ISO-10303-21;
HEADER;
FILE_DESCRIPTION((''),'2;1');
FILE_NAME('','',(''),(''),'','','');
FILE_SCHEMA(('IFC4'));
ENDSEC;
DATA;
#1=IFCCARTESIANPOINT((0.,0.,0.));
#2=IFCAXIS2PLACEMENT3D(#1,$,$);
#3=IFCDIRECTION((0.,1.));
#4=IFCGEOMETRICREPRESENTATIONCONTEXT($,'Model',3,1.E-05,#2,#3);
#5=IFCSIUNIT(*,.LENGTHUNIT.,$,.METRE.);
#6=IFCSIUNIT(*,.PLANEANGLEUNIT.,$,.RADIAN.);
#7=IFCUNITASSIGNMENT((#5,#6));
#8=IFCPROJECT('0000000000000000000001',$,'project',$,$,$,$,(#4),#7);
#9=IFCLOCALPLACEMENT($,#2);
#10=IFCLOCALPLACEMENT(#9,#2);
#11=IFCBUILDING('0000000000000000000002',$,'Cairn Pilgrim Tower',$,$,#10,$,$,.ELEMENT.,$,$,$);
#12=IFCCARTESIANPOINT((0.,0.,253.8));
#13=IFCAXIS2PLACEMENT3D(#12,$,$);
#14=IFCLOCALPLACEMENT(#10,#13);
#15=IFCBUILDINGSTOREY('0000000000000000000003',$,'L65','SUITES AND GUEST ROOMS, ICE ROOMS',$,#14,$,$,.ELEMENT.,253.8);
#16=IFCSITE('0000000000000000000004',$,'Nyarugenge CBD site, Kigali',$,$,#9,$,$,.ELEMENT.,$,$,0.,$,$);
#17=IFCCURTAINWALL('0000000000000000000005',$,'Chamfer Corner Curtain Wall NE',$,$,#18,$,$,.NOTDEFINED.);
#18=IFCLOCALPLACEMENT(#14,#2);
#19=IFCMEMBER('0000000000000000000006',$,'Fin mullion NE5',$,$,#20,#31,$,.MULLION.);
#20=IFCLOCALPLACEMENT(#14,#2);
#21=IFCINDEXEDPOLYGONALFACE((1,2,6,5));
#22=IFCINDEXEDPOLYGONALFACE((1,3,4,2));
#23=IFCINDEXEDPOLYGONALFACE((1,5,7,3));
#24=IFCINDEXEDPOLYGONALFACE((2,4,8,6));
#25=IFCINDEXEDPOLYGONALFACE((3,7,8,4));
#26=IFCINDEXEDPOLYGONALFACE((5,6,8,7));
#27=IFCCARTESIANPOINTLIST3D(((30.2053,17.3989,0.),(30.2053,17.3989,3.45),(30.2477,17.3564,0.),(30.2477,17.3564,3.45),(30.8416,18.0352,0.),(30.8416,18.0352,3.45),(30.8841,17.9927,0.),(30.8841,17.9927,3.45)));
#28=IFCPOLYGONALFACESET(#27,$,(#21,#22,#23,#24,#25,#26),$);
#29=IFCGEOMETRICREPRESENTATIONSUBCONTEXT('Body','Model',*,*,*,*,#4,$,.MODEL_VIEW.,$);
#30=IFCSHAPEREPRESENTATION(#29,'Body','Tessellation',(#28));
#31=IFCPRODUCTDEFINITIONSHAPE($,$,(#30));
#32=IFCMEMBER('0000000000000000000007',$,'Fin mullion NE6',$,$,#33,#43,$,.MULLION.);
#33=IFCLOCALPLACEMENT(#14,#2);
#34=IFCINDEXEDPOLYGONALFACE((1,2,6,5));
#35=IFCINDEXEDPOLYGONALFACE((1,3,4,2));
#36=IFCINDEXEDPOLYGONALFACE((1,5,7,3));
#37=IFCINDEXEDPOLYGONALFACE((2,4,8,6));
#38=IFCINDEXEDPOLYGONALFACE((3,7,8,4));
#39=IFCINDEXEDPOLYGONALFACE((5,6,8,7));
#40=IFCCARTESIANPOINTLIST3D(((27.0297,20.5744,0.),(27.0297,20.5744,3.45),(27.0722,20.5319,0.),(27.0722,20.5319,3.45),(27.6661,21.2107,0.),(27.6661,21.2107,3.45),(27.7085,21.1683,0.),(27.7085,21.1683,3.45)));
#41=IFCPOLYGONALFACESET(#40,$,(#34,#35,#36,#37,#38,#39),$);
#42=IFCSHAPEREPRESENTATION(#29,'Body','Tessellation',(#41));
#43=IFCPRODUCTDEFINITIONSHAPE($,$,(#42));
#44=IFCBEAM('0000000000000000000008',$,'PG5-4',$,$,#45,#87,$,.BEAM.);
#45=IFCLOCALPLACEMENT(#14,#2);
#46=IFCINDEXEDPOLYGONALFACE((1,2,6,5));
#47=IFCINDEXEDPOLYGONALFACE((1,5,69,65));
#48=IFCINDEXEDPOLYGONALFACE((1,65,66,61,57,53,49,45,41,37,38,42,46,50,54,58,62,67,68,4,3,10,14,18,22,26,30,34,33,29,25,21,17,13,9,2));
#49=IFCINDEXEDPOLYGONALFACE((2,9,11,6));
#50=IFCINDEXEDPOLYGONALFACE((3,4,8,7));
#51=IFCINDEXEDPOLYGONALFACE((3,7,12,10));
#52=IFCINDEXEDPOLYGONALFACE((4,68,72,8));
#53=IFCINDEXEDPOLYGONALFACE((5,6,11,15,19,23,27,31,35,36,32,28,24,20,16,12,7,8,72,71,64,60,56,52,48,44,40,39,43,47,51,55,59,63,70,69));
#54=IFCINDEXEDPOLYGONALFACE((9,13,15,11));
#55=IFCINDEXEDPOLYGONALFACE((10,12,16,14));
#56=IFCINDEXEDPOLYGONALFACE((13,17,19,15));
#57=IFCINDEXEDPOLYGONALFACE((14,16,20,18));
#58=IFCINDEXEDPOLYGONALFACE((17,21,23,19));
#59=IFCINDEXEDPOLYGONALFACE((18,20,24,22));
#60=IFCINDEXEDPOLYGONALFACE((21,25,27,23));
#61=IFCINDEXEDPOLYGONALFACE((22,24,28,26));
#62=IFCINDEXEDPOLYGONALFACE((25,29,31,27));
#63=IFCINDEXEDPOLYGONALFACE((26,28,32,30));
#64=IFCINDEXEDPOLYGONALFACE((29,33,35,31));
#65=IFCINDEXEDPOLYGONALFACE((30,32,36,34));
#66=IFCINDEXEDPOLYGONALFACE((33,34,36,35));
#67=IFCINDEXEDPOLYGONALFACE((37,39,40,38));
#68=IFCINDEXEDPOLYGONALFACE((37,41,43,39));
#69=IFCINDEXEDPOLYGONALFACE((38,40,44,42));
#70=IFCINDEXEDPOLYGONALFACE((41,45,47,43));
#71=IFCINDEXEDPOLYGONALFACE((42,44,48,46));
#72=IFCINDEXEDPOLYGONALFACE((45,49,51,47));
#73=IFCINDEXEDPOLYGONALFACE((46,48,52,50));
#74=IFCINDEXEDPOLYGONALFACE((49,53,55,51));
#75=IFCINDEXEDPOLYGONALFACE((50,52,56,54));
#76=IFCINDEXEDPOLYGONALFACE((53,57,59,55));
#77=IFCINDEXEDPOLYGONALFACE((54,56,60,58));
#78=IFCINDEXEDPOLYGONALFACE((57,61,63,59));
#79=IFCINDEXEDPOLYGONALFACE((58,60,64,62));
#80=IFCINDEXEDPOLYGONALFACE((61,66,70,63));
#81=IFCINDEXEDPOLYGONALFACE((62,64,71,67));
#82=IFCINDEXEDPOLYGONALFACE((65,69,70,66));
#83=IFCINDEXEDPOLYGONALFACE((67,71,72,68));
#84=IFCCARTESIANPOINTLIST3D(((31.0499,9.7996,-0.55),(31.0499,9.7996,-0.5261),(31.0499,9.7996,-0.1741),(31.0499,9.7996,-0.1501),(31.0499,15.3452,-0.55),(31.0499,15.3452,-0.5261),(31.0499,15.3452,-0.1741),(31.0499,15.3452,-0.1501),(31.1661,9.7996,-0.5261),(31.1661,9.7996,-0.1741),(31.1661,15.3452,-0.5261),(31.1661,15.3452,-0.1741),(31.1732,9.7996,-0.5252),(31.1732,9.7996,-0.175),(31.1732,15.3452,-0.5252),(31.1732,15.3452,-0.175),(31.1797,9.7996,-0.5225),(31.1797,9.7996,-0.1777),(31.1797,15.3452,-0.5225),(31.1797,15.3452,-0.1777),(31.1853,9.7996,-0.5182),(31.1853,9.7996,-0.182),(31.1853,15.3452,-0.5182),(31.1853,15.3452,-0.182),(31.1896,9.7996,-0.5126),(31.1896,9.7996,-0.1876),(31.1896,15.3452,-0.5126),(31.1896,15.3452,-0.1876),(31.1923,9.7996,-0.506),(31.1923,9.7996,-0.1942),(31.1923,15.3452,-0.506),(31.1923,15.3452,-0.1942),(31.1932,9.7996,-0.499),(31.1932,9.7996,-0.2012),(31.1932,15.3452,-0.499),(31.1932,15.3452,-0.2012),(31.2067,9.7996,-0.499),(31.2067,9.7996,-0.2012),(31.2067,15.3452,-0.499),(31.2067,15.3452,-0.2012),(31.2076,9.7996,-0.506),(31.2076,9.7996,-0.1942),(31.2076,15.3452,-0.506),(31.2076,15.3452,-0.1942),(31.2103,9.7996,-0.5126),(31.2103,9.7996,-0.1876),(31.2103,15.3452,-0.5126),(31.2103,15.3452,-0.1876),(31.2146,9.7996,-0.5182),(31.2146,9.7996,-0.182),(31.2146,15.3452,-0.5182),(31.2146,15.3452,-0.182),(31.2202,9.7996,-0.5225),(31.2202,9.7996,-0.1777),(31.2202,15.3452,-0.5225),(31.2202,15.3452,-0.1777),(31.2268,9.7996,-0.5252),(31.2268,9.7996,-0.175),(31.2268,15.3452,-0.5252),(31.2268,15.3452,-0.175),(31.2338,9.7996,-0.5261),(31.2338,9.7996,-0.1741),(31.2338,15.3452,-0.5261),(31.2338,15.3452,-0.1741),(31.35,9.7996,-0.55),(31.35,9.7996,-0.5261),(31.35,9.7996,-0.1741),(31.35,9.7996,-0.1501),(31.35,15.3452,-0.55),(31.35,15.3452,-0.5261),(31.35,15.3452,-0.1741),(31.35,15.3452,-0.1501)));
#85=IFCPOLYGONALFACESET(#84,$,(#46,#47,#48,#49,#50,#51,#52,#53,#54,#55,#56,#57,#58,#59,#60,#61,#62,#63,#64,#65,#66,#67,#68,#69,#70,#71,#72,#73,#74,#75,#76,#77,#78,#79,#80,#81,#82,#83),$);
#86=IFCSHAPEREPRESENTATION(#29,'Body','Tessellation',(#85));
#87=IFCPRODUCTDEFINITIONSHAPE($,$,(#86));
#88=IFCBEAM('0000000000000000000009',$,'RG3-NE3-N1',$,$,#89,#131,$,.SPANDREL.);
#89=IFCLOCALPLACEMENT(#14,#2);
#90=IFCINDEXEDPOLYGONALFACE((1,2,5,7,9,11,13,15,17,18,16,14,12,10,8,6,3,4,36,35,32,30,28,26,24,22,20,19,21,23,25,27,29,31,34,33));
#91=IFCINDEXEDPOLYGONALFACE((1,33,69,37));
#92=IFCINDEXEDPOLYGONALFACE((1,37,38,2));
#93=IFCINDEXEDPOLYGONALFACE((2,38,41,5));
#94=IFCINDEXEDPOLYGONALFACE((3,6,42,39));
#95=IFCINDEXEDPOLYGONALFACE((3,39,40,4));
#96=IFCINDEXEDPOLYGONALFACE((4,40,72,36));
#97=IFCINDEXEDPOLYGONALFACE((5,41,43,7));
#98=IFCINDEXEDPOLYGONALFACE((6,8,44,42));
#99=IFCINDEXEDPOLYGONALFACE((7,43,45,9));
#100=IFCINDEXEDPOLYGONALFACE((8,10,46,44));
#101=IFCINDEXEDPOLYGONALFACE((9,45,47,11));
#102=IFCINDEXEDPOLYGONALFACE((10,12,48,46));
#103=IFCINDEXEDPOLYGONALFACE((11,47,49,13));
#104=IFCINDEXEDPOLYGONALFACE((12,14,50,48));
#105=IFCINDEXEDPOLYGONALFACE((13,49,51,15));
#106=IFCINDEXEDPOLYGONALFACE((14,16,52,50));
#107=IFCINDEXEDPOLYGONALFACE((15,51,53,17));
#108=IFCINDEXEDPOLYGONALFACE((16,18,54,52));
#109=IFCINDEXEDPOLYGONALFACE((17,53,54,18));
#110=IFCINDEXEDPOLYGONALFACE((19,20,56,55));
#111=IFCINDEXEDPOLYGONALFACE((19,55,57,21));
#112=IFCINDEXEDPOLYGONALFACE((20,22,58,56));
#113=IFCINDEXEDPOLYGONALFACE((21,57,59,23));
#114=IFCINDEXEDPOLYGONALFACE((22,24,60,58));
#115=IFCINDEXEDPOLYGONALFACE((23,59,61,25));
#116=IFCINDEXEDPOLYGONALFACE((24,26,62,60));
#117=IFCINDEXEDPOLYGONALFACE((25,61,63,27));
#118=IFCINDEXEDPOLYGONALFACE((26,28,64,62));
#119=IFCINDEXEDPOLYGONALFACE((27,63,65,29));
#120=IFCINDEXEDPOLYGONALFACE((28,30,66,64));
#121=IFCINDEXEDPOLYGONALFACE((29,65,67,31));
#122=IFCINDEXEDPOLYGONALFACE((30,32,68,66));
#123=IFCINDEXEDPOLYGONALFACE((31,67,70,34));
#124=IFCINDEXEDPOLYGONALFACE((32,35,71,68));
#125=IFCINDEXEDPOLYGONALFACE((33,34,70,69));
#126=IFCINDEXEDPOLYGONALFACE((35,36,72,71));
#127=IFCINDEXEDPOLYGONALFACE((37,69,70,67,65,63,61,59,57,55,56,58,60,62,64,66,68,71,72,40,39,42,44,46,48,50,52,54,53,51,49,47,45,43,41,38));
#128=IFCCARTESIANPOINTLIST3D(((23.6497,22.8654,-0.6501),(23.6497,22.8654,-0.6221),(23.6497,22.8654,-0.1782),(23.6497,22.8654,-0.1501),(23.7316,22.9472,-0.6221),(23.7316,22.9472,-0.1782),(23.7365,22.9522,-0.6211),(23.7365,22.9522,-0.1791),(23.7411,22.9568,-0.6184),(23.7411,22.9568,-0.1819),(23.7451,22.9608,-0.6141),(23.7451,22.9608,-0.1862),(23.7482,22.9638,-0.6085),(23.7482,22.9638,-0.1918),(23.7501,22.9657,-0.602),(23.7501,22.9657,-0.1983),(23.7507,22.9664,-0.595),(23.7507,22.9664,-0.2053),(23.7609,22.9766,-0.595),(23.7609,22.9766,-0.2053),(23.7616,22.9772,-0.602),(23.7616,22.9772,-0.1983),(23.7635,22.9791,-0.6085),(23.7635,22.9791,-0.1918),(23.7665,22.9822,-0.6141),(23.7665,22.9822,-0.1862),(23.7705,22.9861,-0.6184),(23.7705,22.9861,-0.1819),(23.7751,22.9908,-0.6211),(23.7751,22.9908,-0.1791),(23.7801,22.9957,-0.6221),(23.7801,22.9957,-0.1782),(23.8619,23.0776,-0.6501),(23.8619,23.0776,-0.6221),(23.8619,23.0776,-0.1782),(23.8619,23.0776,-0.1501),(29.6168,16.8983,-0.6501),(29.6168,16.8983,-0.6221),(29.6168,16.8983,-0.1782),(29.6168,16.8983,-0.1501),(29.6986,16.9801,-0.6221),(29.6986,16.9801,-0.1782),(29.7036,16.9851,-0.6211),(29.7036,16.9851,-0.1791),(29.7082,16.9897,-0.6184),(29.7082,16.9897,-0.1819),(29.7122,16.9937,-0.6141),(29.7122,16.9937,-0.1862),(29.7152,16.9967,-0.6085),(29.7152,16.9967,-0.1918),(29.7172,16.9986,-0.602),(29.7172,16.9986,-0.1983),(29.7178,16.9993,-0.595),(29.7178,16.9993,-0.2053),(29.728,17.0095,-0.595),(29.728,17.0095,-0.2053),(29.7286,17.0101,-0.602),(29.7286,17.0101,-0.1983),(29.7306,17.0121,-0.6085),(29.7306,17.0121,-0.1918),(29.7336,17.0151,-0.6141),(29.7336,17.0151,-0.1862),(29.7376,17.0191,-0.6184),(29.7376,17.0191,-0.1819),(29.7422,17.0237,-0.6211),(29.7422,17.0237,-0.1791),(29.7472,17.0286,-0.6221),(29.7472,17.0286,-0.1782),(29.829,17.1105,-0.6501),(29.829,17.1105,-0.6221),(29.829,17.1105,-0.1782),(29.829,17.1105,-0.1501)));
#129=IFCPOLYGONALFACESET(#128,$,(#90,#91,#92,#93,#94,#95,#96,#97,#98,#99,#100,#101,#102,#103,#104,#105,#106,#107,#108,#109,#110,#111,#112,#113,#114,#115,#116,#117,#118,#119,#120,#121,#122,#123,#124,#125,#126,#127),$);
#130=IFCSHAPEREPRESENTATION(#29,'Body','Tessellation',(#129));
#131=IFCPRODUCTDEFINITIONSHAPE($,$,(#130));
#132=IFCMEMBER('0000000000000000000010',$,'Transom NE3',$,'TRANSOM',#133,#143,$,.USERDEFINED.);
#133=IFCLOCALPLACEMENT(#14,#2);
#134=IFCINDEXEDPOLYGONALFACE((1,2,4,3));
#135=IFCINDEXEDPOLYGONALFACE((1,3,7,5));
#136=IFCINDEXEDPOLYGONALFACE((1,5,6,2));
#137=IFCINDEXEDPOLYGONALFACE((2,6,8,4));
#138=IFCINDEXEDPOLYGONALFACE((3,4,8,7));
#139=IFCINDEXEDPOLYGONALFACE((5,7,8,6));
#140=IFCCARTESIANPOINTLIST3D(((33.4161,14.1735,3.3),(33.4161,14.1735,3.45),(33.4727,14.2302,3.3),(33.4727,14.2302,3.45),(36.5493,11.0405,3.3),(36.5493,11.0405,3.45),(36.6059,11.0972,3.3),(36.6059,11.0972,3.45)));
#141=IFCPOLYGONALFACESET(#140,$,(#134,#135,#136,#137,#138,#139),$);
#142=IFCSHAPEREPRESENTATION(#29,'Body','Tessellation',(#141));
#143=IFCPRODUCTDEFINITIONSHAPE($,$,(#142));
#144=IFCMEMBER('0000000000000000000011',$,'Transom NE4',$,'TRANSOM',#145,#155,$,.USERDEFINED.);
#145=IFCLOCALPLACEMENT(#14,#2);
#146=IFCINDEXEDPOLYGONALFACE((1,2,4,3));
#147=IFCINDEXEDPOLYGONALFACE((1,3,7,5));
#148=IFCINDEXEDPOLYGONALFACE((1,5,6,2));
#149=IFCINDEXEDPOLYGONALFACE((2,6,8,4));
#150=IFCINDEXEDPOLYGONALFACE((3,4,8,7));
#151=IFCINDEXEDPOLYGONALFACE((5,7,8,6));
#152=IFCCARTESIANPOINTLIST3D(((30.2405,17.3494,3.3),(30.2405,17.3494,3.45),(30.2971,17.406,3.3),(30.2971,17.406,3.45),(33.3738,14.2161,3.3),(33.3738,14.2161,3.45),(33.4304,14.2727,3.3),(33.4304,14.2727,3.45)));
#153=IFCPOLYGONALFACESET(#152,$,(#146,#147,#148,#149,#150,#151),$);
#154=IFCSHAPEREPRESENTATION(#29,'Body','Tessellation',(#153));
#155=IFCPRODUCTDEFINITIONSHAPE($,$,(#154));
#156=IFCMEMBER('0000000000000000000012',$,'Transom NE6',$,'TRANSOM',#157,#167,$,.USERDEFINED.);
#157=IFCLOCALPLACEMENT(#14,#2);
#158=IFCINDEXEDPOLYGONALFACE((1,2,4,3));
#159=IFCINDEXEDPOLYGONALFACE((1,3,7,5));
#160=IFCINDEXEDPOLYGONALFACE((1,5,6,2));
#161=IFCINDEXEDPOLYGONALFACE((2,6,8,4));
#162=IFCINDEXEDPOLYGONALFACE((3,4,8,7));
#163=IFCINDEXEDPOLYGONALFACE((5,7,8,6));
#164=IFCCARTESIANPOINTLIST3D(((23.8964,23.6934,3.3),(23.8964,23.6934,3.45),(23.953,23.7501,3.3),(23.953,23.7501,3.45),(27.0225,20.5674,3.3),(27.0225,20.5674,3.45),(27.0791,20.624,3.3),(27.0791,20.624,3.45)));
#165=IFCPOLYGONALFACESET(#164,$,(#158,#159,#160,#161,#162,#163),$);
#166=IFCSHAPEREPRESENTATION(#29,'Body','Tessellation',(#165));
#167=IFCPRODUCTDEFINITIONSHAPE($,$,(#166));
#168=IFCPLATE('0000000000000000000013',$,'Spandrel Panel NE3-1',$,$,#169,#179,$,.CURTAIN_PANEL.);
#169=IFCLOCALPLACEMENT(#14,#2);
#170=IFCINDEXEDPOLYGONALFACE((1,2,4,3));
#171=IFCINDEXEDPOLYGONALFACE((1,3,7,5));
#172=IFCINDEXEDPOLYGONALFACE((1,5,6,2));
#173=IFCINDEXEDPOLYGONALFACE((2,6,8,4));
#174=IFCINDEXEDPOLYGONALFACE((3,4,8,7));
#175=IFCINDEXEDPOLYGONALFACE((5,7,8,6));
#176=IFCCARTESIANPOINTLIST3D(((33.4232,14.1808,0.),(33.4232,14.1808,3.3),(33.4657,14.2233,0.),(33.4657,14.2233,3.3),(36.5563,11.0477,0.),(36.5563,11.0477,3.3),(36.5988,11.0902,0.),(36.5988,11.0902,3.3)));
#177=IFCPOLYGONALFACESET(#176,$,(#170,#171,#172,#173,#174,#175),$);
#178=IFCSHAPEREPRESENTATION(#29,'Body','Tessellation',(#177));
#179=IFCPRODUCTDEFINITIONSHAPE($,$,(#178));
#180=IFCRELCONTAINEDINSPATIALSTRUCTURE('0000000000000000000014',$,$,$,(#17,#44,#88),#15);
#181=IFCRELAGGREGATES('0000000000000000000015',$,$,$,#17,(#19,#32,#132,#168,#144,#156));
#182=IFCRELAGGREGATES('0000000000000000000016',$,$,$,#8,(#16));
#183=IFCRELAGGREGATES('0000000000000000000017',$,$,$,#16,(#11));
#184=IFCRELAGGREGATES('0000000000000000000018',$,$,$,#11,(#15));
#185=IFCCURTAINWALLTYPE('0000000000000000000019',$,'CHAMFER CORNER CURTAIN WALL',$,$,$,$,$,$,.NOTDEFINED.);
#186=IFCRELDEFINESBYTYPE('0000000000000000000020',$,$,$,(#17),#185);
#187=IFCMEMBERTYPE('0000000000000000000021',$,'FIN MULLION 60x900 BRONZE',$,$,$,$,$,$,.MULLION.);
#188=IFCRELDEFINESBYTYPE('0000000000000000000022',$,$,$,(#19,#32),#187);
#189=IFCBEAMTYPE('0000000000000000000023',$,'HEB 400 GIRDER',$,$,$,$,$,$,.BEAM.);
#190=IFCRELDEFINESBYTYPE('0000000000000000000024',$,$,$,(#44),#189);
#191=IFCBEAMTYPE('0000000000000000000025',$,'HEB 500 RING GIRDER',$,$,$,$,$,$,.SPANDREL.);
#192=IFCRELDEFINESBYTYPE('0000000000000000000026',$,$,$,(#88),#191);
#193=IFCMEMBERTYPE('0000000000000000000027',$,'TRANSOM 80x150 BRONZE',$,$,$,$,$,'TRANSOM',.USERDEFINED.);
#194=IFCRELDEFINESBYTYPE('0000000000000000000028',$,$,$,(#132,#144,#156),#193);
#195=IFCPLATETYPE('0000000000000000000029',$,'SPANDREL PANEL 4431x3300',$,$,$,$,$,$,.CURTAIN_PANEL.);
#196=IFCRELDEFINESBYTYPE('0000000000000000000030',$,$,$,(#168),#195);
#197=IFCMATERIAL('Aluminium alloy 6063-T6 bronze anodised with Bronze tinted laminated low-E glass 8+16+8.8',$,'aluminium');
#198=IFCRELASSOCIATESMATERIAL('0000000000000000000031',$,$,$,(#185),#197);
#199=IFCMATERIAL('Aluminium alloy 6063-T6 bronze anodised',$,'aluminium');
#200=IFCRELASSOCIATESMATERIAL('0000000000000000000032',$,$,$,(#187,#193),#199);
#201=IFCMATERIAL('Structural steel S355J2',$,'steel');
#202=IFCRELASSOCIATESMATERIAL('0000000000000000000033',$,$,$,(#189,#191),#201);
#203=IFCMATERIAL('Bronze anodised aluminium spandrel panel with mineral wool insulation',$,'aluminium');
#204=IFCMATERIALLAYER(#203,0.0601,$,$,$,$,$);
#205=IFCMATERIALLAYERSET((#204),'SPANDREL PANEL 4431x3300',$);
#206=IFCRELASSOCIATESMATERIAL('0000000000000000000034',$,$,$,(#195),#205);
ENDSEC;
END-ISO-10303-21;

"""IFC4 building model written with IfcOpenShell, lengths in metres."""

from ifc_helpers import new_model, si_unit, direction, frame, origin, origin_2d, place, context, subcontext, project, spatial, rectangle, i_section, extrude, material, layer, layer_set, material_profile, profile_set, type_object, element, aggregate, save


model = new_model("IFC4")

# Units and contexts
model_context = context("Model", 3, precision=1e-05, world=origin(), true_north=direction((0.0, 1.0)))
body_context = subcontext(model_context, "Body", "Model", "MODEL_VIEW")
ifc_project = project(units=[si_unit("LENGTHUNIT", "METRE"), si_unit("PLANEANGLEUNIT", "RADIAN")], contexts=[model_context])

# Site, building, storey
site_placement = place(None, origin())
site = spatial("IfcSite", under=ifc_project, at=site_placement, Name="Nyarugenge CBD site, Kigali", CompositionType="ELEMENT", RefElevation=0.0)
building_placement = place(site_placement, origin())
building = spatial("IfcBuilding", under=site, at=building_placement, Name="Cairn Pilgrim Tower", CompositionType="ELEMENT")
storey_placement = place(building_placement, frame((0.0, 0.0, 253.8)))
storey = spatial("IfcBuildingStorey", under=building, at=storey_placement, Name="L65", Description="SUITES AND GUEST ROOMS, ICE ROOMS", CompositionType="ELEMENT", Elevation=253.8)

# Shared definitions
ifc_material_1 = material(Name="Structural steel S355J2", Category="steel")

# Curtain wall, members
ifc_material_2 = material(Name="Aluminium alloy 6063-T6 bronze anodised with Bronze tinted laminated low-E glass 8+16+8.8", Category="aluminium")
curtain_wall_type = type_object("IfcCurtainWallType", Name="CHAMFER CORNER CURTAIN WALL", PredefinedType="NOTDEFINED", material=ifc_material_2)
curtain_wall_placement = place(storey_placement, origin())
curtain_wall = element("IfcCurtainWall", 1, at=curtain_wall_placement, inside=storey, type_object=curtain_wall_type, Name="Chamfer Corner Curtain Wall NE", PredefinedType="NOTDEFINED")
ifc_material_3 = material(Name="Aluminium alloy 6063-T6 bronze anodised", Category="aluminium")
ifc_material_profile_1 = material_profile(ifc_material_3, rectangle(XDim=0.8999, YDim=0.0601, at=origin_2d()), Name="FIN MULLION 60x900 BRONZE")
ifc_profile_set_1 = profile_set([ifc_material_profile_1], Name="Aluminium alloy 6063-T6 bronze anodised")
member_type_1 = type_object("IfcMemberType", Name="FIN MULLION 60x900 BRONZE", PredefinedType="MULLION", material=ifc_profile_set_1)
member_1_placement = place(storey_placement, frame((30.5447, 17.6958, 0.0), z_axis=(0.0, 0.0, 1.0), x_axis=(0.707107, 0.707107, 0.0)))
member_1 = element("IfcMember", 2, at=member_1_placement, type_object=member_type_1, Name="Fin mullion NE5", PredefinedType="MULLION", context=body_context, shape_type="SweptSolid", body=[
    extrude(rectangle(XDim=0.8999, YDim=0.0601, at=origin_2d()), origin(), (0.0, 0.0, 1.0), 3.45),
])
member_2_placement = place(storey_placement, frame((27.3691, 20.8713, 0.0), z_axis=(0.0, 0.0, 1.0), x_axis=(0.707107, 0.707107, 0.0)))
member_2 = element("IfcMember", 3, at=member_2_placement, type_object=member_type_1, Name="Fin mullion NE6", PredefinedType="MULLION", context=body_context, shape_type="SweptSolid", body=[
    extrude(rectangle(XDim=0.8999, YDim=0.0601, at=origin_2d()), origin(), (0.0, 0.0, 1.0), 3.45),
])

# Beams
ifc_material_profile_2 = material_profile(ifc_material_1, i_section(OverallWidth=0.3, OverallDepth=0.3999, WebThickness=0.0134, FlangeThickness=0.0239, FilletRadius=0.0271, at=origin_2d()), Name="HEB 400")
ifc_profile_set_2 = profile_set([ifc_material_profile_2], Name="Structural steel S355J2")
beam_type_1 = type_object("IfcBeamType", Name="HEB 400 GIRDER", PredefinedType="BEAM", material=ifc_profile_set_2)
beam_1_placement = place(storey_placement, frame((31.2, 9.7996, -0.3501), z_axis=(0.0, 1.0, 0.0), x_axis=(-1.0, 0.0, 0.0)))
element("IfcBeam", 4, at=beam_1_placement, inside=storey, type_object=beam_type_1, Name="PG5-4", PredefinedType="BEAM", context=body_context, shape_type="SweptSolid", body=[
    extrude(i_section(OverallWidth=0.3, OverallDepth=0.3999, WebThickness=0.0134, FlangeThickness=0.0239, FilletRadius=0.0271, at=origin_2d()), origin(), (0.0, 0.0, 1.0), 5.5457),
])
ifc_material_profile_3 = material_profile(ifc_material_1, i_section(OverallWidth=0.3, OverallDepth=0.5, WebThickness=0.0144, FlangeThickness=0.0281, FilletRadius=0.0271, at=origin_2d()), Name="HEB 500")
ifc_profile_set_3 = profile_set([ifc_material_profile_3], Name="Structural steel S355J2")
beam_type_2 = type_object("IfcBeamType", Name="HEB 500 RING GIRDER", PredefinedType="SPANDREL", material=ifc_profile_set_3)
beam_2_placement = place(storey_placement, frame((29.7229, 17.0044, -0.4001), z_axis=(-0.707107, 0.707107, 0.0), x_axis=(-0.707107, -0.707107, 0.0)))
element("IfcBeam", 5, at=beam_2_placement, inside=storey, type_object=beam_type_2, Name="RG3-NE3-N1", PredefinedType="SPANDREL", context=body_context, shape_type="SweptSolid", body=[
    extrude(i_section(OverallWidth=0.3, OverallDepth=0.5, WebThickness=0.0144, FlangeThickness=0.0281, FilletRadius=0.0271, at=origin_2d()), origin(), (0.0, 0.0, 1.0), 8.4387),
])

# Members
ifc_material_profile_4 = material_profile(ifc_material_3, rectangle(XDim=0.0801, YDim=0.1499, at=origin_2d()), Name="TRANSOM 80x150 BRONZE")
ifc_profile_set_4 = profile_set([ifc_material_profile_4], Name="Aluminium alloy 6063-T6 bronze anodised")
member_type_2 = type_object("IfcMemberType", Name="TRANSOM 80x150 BRONZE", ElementType="TRANSOM", PredefinedType="USERDEFINED", material=ifc_profile_set_4)
member_3_placement = place(storey_placement, frame((36.5776, 11.0688, 3.375), z_axis=(-0.707134, 0.707079, 0.0), x_axis=(-0.707079, -0.707134, 0.0)))
member_3 = element("IfcMember", 6, at=member_3_placement, type_object=member_type_2, Name="Transom NE3", ObjectType="TRANSOM", PredefinedType="USERDEFINED", context=body_context, shape_type="SweptSolid", body=[
    extrude(rectangle(XDim=0.0801, YDim=0.1499, at=origin_2d()), origin(), (0.0, 0.0, 1.0), 4.4309),
])
member_4_placement = place(storey_placement, frame((33.4021, 14.2444, 3.375), z_axis=(-0.707107, 0.707107, 0.0), x_axis=(-0.707107, -0.707107, 0.0)))
member_4 = element("IfcMember", 7, at=member_4_placement, type_object=member_type_2, Name="Transom NE4", ObjectType="TRANSOM", PredefinedType="USERDEFINED", context=body_context, shape_type="SweptSolid", body=[
    extrude(rectangle(XDim=0.0801, YDim=0.1499, at=origin_2d()), origin(), (0.0, 0.0, 1.0), 4.4312),
])
member_5_placement = place(storey_placement, frame((27.0508, 20.5957, 3.375), z_axis=(-0.707107, 0.707107, 0.0), x_axis=(-0.707107, -0.707107, 0.0)))
member_5 = element("IfcMember", 8, at=member_5_placement, type_object=member_type_2, Name="Transom NE6", ObjectType="TRANSOM", PredefinedType="USERDEFINED", context=body_context, shape_type="SweptSolid", body=[
    extrude(rectangle(XDim=0.0801, YDim=0.1499, at=origin_2d()), origin(), (0.0, 0.0, 1.0), 4.4209),
])

# Plate
ifc_material_4 = material(Name="Bronze anodised aluminium spandrel panel with mineral wool insulation", Category="aluminium")
ifc_layer_1 = layer(ifc_material_4, 0.0601)
ifc_layer_set_1 = layer_set([ifc_layer_1], Name="SPANDREL PANEL 4431x3300")
plate_type_1 = type_object("IfcPlateType", Name="SPANDREL PANEL 4431x3300", PredefinedType="CURTAIN_PANEL", material=ifc_layer_set_1)
plate_1_placement = place(storey_placement, frame((35.011, 12.6355, 0.0), z_axis=(0.0, 0.0, 1.0), x_axis=(-0.707107, 0.707107, 0.0)))
plate_1 = element("IfcPlate", 9, at=plate_1_placement, type_object=plate_type_1, Name="Spandrel Panel NE3-1", PredefinedType="CURTAIN_PANEL", context=body_context, shape_type="SweptSolid", body=[
    extrude(rectangle(XDim=4.4309, YDim=0.0601, at=origin_2d()), origin(), (0.0, 0.0, 1.0), 3.3),
])
aggregate(curtain_wall, [member_1, member_2, member_3, plate_1, member_4, member_5])

save(model, "model.ifc")
